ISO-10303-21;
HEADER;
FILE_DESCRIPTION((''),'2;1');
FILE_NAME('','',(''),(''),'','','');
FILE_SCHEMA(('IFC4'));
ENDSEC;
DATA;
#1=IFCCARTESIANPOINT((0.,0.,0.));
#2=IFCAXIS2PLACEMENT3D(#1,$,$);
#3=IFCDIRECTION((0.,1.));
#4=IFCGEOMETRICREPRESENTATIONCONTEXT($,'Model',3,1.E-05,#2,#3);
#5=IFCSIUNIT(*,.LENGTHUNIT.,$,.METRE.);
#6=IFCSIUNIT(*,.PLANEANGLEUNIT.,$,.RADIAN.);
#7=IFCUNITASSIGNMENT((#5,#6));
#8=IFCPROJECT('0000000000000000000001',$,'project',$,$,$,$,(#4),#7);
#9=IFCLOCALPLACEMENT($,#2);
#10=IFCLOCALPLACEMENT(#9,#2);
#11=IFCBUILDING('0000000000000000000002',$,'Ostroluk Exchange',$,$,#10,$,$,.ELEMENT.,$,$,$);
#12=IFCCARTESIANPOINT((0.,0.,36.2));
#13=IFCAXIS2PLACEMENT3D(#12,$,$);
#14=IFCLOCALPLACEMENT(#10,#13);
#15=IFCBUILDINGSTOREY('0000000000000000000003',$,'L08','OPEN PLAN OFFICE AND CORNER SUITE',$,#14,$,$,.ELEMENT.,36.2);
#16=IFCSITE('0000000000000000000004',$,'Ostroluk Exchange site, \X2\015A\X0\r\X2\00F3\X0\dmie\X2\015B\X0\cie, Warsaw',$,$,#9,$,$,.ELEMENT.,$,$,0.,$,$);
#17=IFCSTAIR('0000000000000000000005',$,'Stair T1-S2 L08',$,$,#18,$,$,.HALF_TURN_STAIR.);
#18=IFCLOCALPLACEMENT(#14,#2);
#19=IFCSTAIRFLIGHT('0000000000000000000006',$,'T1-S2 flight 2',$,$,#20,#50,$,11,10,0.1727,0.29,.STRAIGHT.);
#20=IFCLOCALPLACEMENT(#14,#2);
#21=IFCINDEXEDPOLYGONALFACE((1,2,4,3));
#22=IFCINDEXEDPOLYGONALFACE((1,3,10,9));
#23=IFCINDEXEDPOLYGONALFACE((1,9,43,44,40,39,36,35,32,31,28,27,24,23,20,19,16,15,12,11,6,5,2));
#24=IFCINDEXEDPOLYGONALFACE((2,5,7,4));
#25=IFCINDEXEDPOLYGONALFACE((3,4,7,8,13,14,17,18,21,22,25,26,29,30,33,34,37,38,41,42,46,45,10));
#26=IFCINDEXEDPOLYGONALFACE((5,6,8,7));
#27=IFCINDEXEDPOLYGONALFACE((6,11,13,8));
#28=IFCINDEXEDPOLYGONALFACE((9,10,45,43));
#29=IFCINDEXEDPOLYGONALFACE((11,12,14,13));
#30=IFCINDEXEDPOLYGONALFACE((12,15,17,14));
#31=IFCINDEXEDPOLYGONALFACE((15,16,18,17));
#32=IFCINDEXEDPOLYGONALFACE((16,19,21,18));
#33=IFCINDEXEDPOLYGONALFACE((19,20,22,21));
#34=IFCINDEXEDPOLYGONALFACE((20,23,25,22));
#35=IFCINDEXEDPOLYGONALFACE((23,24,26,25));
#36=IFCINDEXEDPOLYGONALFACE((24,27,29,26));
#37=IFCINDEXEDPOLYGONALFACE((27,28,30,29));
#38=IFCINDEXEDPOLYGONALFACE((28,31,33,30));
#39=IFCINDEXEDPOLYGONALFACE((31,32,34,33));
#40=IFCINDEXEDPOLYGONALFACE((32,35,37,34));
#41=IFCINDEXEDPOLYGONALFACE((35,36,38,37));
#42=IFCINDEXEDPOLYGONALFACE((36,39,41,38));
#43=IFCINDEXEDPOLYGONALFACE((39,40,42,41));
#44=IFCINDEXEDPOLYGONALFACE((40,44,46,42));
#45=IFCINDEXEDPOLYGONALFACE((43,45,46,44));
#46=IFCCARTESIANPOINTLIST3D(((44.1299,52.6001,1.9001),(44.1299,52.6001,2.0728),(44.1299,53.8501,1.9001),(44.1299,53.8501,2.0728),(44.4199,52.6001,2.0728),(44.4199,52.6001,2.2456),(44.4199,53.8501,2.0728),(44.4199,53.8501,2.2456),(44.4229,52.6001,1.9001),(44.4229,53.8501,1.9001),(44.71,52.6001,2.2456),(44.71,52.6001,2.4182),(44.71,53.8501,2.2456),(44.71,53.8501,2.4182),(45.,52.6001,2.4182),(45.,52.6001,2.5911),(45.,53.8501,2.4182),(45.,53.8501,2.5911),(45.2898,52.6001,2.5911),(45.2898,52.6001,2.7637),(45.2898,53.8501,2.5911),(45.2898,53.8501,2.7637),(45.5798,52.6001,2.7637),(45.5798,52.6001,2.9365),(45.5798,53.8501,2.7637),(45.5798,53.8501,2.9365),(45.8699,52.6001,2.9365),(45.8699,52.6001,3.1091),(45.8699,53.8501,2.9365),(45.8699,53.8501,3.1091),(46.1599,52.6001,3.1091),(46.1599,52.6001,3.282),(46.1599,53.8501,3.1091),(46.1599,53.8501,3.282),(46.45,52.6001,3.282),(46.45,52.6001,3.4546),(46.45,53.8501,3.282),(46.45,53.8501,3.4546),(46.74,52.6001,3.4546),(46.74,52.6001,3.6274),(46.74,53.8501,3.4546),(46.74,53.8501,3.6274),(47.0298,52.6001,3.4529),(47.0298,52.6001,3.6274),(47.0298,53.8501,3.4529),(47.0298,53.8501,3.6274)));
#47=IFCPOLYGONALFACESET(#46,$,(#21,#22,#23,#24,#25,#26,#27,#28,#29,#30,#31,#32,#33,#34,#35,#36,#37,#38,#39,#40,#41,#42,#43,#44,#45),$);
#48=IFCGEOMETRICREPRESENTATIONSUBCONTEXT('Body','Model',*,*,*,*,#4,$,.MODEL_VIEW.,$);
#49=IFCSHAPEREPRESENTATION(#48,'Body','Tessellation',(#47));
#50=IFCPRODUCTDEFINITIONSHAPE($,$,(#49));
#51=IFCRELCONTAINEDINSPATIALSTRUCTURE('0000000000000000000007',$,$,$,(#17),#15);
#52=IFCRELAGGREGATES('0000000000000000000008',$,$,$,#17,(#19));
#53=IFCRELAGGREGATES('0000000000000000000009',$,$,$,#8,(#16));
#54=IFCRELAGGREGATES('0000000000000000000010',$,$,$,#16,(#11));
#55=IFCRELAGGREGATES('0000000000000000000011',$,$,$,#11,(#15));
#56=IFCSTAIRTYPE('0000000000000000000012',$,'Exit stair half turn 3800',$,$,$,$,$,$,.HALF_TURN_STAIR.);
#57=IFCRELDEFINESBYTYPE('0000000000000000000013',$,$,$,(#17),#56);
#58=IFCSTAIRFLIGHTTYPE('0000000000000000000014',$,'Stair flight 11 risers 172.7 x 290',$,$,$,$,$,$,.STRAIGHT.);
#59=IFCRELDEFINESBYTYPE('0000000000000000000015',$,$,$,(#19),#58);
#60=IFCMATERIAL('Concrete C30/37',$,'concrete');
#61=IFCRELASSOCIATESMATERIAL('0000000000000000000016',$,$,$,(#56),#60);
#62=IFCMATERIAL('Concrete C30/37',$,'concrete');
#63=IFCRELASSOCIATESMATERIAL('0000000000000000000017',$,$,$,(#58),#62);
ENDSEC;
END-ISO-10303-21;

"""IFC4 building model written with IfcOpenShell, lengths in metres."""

from ifc_helpers import new_model, si_unit, direction, frame, origin, place, context, subcontext, project, spatial, polyline, outline, extrude, material, type_object, element, aggregate, save


model = new_model("IFC4")

# Units and contexts
model_context = context("Model", 3, precision=1e-05, world=origin(), true_north=direction((0.0, 1.0)))
body_context = subcontext(model_context, "Body", "Model", "MODEL_VIEW")
ifc_project = project(units=[si_unit("LENGTHUNIT", "METRE"), si_unit("PLANEANGLEUNIT", "RADIAN")], contexts=[model_context])

# Site, building, storey
site_placement = place(None, origin())
site = spatial("IfcSite", under=ifc_project, at=site_placement, Name="Ostroluk Exchange site, Śródmieście, Warsaw", CompositionType="ELEMENT", RefElevation=0.0)
building_placement = place(site_placement, origin())
building = spatial("IfcBuilding", under=site, at=building_placement, Name="Ostroluk Exchange", CompositionType="ELEMENT")
storey_placement = place(building_placement, frame((0.0, 0.0, 36.2)))
storey = spatial("IfcBuildingStorey", under=building, at=storey_placement, Name="L08", Description="OPEN PLAN OFFICE AND CORNER SUITE", CompositionType="ELEMENT", Elevation=36.2)

# Stair, stair flight
ifc_material_1 = material(Name="Concrete C30/37", Category="concrete")
stair_type = type_object("IfcStairType", Name="Exit stair half turn 3800", PredefinedType="HALF_TURN_STAIR", material=ifc_material_1)
stair_placement = place(storey_placement, origin())
stair = element("IfcStair", 1, at=stair_placement, inside=storey, type_object=stair_type, Name="Stair T1-S2 L08", PredefinedType="HALF_TURN_STAIR")
ifc_material_2 = material(Name="Concrete C30/37", Category="concrete")
stair_flight_type = type_object("IfcStairFlightType", Name="Stair flight 11 risers 172.7 x 290", PredefinedType="STRAIGHT", material=ifc_material_2)
stair_flight_1_placement = place(storey_placement, frame((44.1299, 53.2251, 1.9001), z_axis=(0.0, 0.0, 1.0), x_axis=(1.0, 0.0, 0.0)))
stair_flight_1 = element("IfcStairFlight", 2, at=stair_flight_1_placement, type_object=stair_flight_type, Name="T1-S2 flight 2", NumberOfRisers=11, NumberOfTreads=10, PredefinedType="STRAIGHT", RiserHeight=0.1727, TreadLength=0.29, context=body_context, shape_type="SweptSolid", body=[
    extrude(outline(polyline([(0.0, 0.0), (0.0, 0.1726), (0.29, 0.1726), (0.29, 0.3455), (0.5801, 0.3455), (0.5801, 0.5181), (0.8701, 0.5181), (0.8701, 0.6909), (1.1599, 0.6909), (1.1599, 0.8635), (1.45, 0.8635), (1.45, 1.0364), (1.74, 1.0364), (1.74, 1.209), (2.03, 1.209), (2.03, 1.3818), (2.3201, 1.3818), (2.3201, 1.5544), (2.6101, 1.5544), (2.6101, 1.7273), (2.8999, 1.7273), (2.8999, 1.8999), (2.8999, 1.5527), (0.293, 0.0), (0.0, 0.0)])), frame((0.0, 0.625, 0.0), z_axis=(0.0, -1.0, 0.0), x_axis=(1.0, 0.0, 0.0)), (0.0, 0.0, 1.0), 1.25),
])
aggregate(stair, [stair_flight_1])

save(model, "model.ifc")
